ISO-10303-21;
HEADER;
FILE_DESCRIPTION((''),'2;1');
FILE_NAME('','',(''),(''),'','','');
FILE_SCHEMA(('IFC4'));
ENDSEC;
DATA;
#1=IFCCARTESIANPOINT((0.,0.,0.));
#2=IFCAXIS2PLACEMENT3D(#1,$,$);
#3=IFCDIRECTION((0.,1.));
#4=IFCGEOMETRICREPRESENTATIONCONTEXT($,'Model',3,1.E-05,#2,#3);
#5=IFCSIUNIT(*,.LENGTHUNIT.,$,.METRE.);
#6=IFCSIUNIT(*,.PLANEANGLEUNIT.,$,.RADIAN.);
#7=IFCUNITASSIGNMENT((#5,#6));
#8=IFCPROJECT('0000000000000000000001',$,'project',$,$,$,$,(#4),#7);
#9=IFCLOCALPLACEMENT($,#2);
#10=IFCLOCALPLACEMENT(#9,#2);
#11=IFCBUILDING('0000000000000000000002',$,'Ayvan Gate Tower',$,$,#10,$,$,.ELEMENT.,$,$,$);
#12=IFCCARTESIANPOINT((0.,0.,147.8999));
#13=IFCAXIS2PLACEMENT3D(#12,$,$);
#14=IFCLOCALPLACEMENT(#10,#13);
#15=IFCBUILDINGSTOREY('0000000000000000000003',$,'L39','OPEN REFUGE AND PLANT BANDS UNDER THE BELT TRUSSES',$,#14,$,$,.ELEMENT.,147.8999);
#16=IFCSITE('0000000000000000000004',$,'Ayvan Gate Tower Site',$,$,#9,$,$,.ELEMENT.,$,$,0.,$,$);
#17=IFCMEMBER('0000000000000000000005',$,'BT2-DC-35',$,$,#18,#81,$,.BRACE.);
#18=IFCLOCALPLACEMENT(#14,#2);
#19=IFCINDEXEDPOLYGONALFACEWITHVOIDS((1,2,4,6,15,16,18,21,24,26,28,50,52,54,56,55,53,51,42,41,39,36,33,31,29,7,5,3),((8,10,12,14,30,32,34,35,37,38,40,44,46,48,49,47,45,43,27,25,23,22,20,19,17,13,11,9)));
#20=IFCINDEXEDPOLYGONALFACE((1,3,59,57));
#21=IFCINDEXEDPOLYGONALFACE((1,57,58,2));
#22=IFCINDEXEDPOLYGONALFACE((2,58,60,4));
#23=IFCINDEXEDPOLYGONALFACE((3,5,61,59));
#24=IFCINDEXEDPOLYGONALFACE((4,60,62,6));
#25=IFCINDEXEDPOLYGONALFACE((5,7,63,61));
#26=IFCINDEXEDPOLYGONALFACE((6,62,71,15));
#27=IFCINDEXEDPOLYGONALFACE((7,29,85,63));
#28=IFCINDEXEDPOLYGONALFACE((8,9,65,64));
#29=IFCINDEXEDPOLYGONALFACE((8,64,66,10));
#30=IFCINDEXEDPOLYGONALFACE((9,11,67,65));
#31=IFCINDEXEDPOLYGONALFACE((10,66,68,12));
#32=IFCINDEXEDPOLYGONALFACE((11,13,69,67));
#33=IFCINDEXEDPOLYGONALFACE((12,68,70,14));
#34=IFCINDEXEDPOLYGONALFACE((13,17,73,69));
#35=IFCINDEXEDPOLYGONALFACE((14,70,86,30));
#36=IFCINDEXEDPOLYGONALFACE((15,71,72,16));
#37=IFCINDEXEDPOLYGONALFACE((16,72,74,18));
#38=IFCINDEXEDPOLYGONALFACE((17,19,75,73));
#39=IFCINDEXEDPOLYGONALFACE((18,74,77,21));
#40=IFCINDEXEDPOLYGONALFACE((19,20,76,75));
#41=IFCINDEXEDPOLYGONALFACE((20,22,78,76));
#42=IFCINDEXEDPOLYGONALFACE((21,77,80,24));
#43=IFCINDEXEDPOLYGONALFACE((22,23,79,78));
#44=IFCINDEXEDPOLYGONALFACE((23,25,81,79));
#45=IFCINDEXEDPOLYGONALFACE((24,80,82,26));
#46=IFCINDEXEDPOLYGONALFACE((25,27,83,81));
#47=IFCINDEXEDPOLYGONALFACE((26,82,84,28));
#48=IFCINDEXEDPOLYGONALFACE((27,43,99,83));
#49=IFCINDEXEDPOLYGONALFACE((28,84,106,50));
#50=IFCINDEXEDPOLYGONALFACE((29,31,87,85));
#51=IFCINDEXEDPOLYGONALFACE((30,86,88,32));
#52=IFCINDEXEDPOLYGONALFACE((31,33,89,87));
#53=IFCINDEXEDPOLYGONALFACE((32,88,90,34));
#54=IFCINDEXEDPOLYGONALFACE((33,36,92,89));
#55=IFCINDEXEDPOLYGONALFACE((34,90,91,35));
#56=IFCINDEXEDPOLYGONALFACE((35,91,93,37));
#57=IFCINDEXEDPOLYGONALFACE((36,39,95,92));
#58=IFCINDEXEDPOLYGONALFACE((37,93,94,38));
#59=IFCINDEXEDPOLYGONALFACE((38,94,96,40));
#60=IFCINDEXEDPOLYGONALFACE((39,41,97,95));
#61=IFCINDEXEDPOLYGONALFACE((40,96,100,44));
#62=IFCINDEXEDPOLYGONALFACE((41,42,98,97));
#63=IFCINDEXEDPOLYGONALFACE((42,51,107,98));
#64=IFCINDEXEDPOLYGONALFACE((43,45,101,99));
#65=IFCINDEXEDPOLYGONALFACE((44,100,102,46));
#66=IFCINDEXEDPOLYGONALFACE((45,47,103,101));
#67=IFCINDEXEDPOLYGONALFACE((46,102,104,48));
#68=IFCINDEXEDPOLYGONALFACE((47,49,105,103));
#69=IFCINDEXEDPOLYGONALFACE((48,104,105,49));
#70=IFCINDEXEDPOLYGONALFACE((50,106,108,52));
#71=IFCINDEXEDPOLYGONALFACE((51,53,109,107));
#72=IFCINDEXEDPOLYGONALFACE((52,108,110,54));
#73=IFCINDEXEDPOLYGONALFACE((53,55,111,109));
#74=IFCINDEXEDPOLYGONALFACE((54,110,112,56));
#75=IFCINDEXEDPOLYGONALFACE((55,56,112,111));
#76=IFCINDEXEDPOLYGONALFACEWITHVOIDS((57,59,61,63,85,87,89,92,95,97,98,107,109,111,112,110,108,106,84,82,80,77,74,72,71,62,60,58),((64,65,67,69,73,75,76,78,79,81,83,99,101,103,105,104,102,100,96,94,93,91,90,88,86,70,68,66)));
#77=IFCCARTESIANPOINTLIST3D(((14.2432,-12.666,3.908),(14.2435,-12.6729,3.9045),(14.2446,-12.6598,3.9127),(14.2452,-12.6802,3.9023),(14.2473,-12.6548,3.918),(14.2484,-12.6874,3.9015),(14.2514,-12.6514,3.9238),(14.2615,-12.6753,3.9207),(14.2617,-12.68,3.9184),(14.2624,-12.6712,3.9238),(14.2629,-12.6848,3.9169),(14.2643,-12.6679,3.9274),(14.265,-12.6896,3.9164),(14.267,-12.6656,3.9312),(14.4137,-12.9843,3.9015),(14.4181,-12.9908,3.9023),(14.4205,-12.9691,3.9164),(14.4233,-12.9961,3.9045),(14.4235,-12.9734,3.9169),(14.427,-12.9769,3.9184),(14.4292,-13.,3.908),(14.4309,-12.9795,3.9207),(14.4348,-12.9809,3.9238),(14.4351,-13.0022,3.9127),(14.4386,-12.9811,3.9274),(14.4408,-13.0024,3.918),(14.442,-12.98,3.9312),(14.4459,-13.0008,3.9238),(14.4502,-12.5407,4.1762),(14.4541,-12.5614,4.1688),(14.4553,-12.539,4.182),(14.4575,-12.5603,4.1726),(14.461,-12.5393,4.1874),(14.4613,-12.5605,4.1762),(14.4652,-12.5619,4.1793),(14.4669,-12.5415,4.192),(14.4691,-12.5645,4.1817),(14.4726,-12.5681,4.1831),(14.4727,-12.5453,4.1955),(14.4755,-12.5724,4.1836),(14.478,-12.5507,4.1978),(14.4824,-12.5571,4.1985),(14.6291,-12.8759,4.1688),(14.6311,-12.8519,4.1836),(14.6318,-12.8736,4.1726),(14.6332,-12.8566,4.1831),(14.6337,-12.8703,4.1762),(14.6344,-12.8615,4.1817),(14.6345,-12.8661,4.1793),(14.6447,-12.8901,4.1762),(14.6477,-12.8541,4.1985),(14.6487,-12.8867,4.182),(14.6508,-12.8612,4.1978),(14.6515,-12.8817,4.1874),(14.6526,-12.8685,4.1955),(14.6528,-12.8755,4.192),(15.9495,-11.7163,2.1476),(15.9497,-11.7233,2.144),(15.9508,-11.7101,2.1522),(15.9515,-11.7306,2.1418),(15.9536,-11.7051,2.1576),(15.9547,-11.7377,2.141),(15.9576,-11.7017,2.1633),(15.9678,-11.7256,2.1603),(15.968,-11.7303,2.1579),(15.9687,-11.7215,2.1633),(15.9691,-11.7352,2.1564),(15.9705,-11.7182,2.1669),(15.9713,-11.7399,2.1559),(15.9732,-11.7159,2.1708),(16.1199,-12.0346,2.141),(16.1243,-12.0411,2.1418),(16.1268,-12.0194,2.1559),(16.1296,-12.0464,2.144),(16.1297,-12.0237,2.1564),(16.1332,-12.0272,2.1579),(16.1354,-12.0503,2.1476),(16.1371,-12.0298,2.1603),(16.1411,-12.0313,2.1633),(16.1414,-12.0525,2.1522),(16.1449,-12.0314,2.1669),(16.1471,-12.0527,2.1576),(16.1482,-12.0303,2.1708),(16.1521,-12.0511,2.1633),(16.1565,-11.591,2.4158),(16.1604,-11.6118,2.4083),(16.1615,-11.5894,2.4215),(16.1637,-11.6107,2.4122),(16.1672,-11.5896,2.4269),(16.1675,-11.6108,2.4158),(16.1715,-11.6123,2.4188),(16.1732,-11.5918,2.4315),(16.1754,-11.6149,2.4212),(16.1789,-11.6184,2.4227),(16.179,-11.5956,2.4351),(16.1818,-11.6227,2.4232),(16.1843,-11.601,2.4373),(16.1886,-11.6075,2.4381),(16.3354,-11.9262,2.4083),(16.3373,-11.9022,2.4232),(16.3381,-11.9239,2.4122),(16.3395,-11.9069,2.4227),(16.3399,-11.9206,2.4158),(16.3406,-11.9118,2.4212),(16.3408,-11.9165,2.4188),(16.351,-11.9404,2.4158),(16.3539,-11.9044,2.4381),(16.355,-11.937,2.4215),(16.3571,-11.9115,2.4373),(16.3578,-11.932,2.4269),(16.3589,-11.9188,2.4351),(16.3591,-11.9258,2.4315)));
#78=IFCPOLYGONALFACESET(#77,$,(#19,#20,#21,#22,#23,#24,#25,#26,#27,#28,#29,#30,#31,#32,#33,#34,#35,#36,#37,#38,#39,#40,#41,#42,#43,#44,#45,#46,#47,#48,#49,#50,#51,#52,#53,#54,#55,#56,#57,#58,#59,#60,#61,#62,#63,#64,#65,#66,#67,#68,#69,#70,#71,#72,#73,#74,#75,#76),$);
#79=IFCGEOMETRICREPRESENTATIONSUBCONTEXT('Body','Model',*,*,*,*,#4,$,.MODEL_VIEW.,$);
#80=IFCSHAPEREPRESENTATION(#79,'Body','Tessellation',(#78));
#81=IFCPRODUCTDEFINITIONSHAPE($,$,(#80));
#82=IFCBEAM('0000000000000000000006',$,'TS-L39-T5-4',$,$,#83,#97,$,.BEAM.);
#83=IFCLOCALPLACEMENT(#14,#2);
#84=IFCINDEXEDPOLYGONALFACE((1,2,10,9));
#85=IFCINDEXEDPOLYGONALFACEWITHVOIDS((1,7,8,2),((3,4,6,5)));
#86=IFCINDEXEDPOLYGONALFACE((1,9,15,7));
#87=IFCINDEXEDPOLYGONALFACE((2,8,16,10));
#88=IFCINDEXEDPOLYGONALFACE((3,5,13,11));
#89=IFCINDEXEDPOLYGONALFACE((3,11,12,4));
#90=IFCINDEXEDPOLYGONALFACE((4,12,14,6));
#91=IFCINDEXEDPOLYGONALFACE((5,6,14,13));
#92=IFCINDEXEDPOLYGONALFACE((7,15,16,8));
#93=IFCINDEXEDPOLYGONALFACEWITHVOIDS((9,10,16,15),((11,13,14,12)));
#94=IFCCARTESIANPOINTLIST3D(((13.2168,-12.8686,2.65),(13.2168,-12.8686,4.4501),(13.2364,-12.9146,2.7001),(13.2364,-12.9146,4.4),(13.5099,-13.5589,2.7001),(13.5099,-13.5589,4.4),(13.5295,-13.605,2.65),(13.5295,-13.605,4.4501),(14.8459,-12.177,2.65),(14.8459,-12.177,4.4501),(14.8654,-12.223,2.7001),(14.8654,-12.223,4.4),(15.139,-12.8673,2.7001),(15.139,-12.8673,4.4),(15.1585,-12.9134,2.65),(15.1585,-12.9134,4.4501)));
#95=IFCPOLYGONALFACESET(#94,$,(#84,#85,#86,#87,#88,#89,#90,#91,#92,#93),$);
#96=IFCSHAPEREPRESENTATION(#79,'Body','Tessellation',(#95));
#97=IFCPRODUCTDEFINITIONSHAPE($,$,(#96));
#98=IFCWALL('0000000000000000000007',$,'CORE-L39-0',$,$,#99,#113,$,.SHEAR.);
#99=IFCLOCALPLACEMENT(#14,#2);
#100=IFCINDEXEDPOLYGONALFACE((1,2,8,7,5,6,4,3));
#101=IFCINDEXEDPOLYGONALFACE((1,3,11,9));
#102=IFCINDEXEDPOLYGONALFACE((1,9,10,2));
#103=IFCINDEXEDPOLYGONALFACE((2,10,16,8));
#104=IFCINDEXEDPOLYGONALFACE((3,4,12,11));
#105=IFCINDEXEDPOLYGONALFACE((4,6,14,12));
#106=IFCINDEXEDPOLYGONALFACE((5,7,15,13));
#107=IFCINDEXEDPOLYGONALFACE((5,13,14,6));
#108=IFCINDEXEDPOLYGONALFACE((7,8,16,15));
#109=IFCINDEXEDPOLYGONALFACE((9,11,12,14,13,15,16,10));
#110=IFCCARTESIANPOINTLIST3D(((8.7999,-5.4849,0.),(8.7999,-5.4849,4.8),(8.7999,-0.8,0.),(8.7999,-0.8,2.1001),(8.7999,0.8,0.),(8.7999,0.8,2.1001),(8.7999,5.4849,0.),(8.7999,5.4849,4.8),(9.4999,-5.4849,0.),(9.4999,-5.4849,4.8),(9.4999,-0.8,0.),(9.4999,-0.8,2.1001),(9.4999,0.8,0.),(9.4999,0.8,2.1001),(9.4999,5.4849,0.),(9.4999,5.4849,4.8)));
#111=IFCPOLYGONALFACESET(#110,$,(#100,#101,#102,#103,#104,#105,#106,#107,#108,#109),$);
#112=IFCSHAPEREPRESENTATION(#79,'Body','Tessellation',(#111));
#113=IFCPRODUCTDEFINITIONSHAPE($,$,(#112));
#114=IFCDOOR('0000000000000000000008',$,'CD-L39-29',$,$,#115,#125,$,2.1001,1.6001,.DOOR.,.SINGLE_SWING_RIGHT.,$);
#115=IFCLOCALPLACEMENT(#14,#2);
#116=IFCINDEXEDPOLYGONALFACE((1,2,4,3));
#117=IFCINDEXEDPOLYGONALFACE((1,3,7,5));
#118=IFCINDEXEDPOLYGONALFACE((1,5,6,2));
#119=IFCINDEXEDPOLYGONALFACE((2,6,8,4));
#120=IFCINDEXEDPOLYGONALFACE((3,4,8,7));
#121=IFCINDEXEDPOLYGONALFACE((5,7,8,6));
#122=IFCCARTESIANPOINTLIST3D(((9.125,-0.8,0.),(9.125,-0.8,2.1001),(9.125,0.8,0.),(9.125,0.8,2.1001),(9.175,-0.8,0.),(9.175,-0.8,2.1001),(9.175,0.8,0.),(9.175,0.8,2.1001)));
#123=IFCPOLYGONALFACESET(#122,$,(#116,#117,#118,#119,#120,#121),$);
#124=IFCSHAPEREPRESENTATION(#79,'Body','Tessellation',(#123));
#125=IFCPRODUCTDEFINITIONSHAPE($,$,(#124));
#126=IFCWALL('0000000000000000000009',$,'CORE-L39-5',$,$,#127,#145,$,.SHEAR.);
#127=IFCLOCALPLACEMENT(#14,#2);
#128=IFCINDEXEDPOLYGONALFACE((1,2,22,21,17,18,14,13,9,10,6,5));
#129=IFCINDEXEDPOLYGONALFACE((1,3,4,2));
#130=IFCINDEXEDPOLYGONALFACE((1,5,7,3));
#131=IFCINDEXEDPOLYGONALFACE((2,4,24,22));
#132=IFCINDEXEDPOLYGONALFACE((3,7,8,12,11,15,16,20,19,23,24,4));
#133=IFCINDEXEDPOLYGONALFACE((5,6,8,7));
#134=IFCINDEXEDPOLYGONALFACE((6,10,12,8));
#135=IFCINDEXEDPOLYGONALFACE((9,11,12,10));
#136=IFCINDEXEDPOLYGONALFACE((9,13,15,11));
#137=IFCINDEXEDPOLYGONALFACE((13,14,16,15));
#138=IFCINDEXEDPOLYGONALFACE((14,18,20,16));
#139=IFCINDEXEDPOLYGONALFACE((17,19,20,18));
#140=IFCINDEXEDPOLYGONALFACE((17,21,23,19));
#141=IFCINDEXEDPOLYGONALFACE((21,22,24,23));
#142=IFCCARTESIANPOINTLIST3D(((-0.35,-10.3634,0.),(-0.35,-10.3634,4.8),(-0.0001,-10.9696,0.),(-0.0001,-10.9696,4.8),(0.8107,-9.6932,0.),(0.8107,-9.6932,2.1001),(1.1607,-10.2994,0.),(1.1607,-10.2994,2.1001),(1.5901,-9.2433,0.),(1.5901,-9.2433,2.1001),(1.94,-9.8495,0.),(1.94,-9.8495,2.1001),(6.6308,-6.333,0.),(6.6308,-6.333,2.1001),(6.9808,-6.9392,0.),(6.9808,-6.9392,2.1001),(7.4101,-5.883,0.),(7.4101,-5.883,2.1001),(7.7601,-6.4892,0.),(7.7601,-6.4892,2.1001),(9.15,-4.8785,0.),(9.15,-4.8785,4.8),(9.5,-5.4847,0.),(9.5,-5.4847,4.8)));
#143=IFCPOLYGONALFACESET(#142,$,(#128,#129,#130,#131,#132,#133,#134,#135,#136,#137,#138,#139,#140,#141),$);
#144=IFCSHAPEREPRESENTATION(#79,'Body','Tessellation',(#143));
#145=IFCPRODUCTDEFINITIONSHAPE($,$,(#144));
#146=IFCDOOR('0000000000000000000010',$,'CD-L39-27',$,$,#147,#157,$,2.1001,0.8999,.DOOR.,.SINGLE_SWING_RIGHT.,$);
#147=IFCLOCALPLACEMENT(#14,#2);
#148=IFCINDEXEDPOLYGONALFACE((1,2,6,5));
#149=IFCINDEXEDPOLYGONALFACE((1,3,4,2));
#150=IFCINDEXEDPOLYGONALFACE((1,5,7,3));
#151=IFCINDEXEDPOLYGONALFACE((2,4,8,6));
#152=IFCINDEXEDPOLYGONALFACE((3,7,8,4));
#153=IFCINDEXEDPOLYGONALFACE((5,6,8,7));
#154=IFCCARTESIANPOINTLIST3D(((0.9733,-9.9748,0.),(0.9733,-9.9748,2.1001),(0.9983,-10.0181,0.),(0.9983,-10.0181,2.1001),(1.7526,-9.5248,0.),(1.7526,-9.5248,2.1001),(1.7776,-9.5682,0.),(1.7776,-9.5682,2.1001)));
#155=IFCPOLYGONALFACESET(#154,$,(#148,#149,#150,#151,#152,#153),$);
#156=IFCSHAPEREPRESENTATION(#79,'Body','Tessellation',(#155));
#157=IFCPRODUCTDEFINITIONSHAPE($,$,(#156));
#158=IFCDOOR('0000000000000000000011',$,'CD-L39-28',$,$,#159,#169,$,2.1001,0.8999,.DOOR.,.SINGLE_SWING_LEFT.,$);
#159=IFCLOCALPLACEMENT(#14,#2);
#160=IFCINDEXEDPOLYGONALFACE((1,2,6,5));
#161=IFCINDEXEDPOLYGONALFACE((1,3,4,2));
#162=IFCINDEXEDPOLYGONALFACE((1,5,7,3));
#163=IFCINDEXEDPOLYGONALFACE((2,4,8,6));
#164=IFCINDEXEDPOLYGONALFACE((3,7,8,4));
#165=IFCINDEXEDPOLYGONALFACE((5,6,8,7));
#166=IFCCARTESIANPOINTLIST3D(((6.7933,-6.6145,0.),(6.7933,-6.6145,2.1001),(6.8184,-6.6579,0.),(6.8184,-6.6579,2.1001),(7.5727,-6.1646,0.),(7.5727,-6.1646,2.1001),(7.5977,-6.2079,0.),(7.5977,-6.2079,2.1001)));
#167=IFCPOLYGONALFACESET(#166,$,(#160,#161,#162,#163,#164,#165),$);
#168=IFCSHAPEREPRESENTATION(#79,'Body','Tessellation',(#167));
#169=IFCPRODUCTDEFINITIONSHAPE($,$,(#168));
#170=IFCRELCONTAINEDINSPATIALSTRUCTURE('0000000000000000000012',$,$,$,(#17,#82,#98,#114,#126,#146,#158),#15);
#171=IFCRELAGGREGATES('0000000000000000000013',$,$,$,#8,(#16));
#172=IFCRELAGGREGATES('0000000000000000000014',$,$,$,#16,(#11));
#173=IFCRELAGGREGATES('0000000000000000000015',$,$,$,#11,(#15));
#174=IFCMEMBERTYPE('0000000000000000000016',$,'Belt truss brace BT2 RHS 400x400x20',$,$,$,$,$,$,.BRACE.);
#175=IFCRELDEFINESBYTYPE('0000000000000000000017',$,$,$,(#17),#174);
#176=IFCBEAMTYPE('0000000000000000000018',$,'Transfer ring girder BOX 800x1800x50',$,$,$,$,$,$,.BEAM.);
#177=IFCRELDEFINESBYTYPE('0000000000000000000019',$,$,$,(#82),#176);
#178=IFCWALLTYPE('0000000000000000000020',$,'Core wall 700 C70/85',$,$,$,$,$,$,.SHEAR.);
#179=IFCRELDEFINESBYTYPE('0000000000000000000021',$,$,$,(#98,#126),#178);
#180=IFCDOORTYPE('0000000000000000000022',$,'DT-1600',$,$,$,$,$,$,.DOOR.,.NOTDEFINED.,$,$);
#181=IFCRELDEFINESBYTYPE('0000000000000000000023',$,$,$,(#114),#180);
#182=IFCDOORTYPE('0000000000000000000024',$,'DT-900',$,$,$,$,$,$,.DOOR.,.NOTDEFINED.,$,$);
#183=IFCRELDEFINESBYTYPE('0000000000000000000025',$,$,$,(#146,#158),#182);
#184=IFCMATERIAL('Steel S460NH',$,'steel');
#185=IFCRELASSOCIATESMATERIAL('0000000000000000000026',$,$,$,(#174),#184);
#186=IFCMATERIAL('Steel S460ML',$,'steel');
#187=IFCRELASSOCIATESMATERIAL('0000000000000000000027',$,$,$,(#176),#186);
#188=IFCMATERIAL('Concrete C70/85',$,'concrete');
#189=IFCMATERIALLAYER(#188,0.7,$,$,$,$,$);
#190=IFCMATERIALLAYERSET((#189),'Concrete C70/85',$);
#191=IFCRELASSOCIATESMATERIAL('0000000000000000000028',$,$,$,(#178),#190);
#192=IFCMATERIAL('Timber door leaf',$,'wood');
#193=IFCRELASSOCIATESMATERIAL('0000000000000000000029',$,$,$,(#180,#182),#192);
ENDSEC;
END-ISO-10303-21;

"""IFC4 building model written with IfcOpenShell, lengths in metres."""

from ifc_helpers import new_model, si_unit, direction, frame, frame_2d, origin, origin_2d, place, context, subcontext, project, spatial, rectangle, hollow_rectangle, extrude, material, layer, layer_set, material_profile, profile_set, type_object, element, fill, save


model = new_model("IFC4")

# Units and contexts
model_context = context("Model", 3, precision=1e-05, world=origin(), true_north=direction((0.0, 1.0)))
body_context = subcontext(model_context, "Body", "Model", "MODEL_VIEW")
ifc_project = project(units=[si_unit("LENGTHUNIT", "METRE"), si_unit("PLANEANGLEUNIT", "RADIAN")], contexts=[model_context])

# Site, building, storey
site_placement = place(None, origin())
site = spatial("IfcSite", under=ifc_project, at=site_placement, Name="Ayvan Gate Tower Site", CompositionType="ELEMENT", RefElevation=0.0)
building_placement = place(site_placement, origin())
building = spatial("IfcBuilding", under=site, at=building_placement, Name="Ayvan Gate Tower", CompositionType="ELEMENT")
storey_placement = place(building_placement, frame((0.0, 0.0, 147.8999)))
storey = spatial("IfcBuildingStorey", under=building, at=storey_placement, Name="L39", Description="OPEN REFUGE AND PLANT BANDS UNDER THE BELT TRUSSES", CompositionType="ELEMENT", Elevation=147.8999)

# Member
ifc_material_1 = material(Name="Steel S460NH", Category="steel")
ifc_material_profile_1 = material_profile(ifc_material_1, hollow_rectangle(XDim=0.3999, YDim=0.3999, WallThickness=0.02, InnerFilletRadius=0.02, OuterFilletRadius=0.03, at=origin_2d()), Name="RHS 400x400x20")
ifc_profile_set_1 = profile_set([ifc_material_profile_1], Name="Steel S460NH")
member_type = type_object("IfcMemberType", Name="Belt truss brace BT2 RHS 400x400x20", PredefinedType="BRACE", material=ifc_profile_set_1)
member_placement = place(storey_placement, frame((16.1543, -11.821, 2.2896), z_axis=(-0.648977, -0.361214, 0.669592), x_axis=(0.486333, -0.873774, 0.0)))
element("IfcMember", 1, at=member_placement, inside=storey, type_object=member_type, Name="BT2-DC-35", PredefinedType="BRACE", context=body_context, shape_type="SweptSolid", body=[
    extrude(hollow_rectangle(XDim=0.3999, YDim=0.3999, WallThickness=0.02, InnerFilletRadius=0.02, OuterFilletRadius=0.03, at=origin_2d()), origin(), (0.0, 0.0, 1.0), 2.6292),
])

# Beam
ifc_material_2 = material(Name="Steel S460ML", Category="steel")
ifc_material_profile_2 = material_profile(ifc_material_2, hollow_rectangle(XDim=0.8, YDim=1.8, WallThickness=0.05, at=origin_2d()), Name="BOX 800x1800x50")
ifc_profile_set_2 = profile_set([ifc_material_profile_2], Name="Steel S460ML")
beam_type = type_object("IfcBeamType", Name="Transfer ring girder BOX 800x1800x50", PredefinedType="BEAM", material=ifc_profile_set_2)
beam_placement = place(storey_placement, frame((15.0022, -12.5452, 3.55), z_axis=(-0.920481, -0.390787, 0.0), x_axis=(0.390787, -0.920481, 0.0)))
element("IfcBeam", 2, at=beam_placement, inside=storey, type_object=beam_type, Name="TS-L39-T5-4", PredefinedType="BEAM", context=body_context, shape_type="SweptSolid", body=[
    extrude(hollow_rectangle(XDim=0.8, YDim=1.8, WallThickness=0.05, at=origin_2d()), origin(), (0.0, 0.0, 1.0), 1.7698),
])

# Wall, opening, door
ifc_material_3 = material(Name="Concrete C70/85", Category="concrete")
ifc_layer_1 = layer(ifc_material_3, 0.7)
ifc_layer_set_1 = layer_set([ifc_layer_1], Name="Concrete C70/85")
wall_type_1 = type_object("IfcWallType", Name="Core wall 700 C70/85", PredefinedType="SHEAR", material=ifc_layer_set_1)
wall_1_placement = place(storey_placement, frame((9.1499, -5.4849, 0.0), z_axis=(0.0, 0.0, 1.0), x_axis=(0.0, 1.0, 0.0)))
wall_1 = element("IfcWall", 3, at=wall_1_placement, inside=storey, type_object=wall_type_1, Name="CORE-L39-0", PredefinedType="SHEAR", context=body_context, shape_type="SweptSolid", body=[
    extrude(rectangle(XDim=10.9697, YDim=0.7, at=frame_2d((5.4849, 0.0))), origin(), (0.0, 0.0, 1.0), 4.8),
])
opening_1_placement = place(wall_1_placement, frame((4.6848, 0.0, 0.0)))
opening_1 = element("IfcOpeningElement", 4, at=opening_1_placement, cuts=wall_1, PredefinedType="OPENING", context=body_context, shape_type="SweptSolid", body=[
    extrude(rectangle(XDim=1.6001, YDim=2.1001, at=frame_2d((0.8, 1.05))), frame((0.0, 0.3599, 0.0), z_axis=(0.0, -1.0, 0.0), x_axis=(1.0, 0.0, 0.0)), (0.0, 0.0, 1.0), 0.72),
])
ifc_material_4 = material(Name="Timber door leaf", Category="wood")
door_type_1 = type_object("IfcDoorType", Name="DT-1600", OperationType="NOTDEFINED", PredefinedType="DOOR", material=ifc_material_4)
door_1_placement = place(opening_1_placement, origin())
door_1 = element("IfcDoor", 5, at=door_1_placement, inside=storey, type_object=door_type_1, Name="CD-L39-29", OperationType="SINGLE_SWING_RIGHT", OverallHeight=2.1001, OverallWidth=1.6001, PredefinedType="DOOR", context=body_context, shape_type="SweptSolid", body=[
    extrude(rectangle(XDim=1.6001, YDim=2.1001, at=frame_2d((0.8, 1.05))), frame((0.0, 0.0249, 0.0), z_axis=(0.0, -1.0, 0.0), x_axis=(1.0, 0.0, 0.0)), (0.0, 0.0, 1.0), 0.05),
])
fill(opening_1, door_1)

# Wall, openings, doors
wall_2_placement = place(storey_placement, frame((-0.175, -10.6665, 0.0), z_axis=(0.0, 0.0, 1.0), x_axis=(0.866024, 0.500002, 0.0)))
wall_2 = element("IfcWall", 6, at=wall_2_placement, inside=storey, type_object=wall_type_1, Name="CORE-L39-5", PredefinedType="SHEAR", context=body_context, shape_type="SweptSolid", body=[
    extrude(rectangle(XDim=10.9697, YDim=0.7, at=frame_2d((5.4849, 0.0))), origin(), (0.0, 0.0, 1.0), 4.8),
])
opening_2_placement = place(wall_2_placement, frame((1.3403, 0.0, 0.0)))
opening_2 = element("IfcOpeningElement", 7, at=opening_2_placement, cuts=wall_2, PredefinedType="OPENING", context=body_context, shape_type="SweptSolid", body=[
    extrude(rectangle(XDim=0.8999, YDim=2.1001, at=frame_2d((0.45, 1.05))), frame((0.0, 0.3599, 0.0), z_axis=(0.0, -1.0, 0.0), x_axis=(1.0, 0.0, 0.0)), (0.0, 0.0, 1.0), 0.72),
])
opening_3_placement = place(wall_2_placement, frame((8.0608, 0.0, 0.0)))
opening_3 = element("IfcOpeningElement", 8, at=opening_3_placement, cuts=wall_2, PredefinedType="OPENING", context=body_context, shape_type="SweptSolid", body=[
    extrude(rectangle(XDim=0.8999, YDim=2.1001, at=frame_2d((0.45, 1.05))), frame((0.0, 0.3599, 0.0), z_axis=(0.0, -1.0, 0.0), x_axis=(1.0, 0.0, 0.0)), (0.0, 0.0, 1.0), 0.72),
])
door_type_2 = type_object("IfcDoorType", Name="DT-900", OperationType="NOTDEFINED", PredefinedType="DOOR", material=ifc_material_4)
door_2_placement = place(opening_2_placement, origin())
door_2 = element("IfcDoor", 9, at=door_2_placement, inside=storey, type_object=door_type_2, Name="CD-L39-27", OperationType="SINGLE_SWING_RIGHT", OverallHeight=2.1001, OverallWidth=0.8999, PredefinedType="DOOR", context=body_context, shape_type="SweptSolid", body=[
    extrude(rectangle(XDim=0.8999, YDim=2.1001, at=frame_2d((0.45, 1.05))), frame((0.0, 0.0249, 0.0), z_axis=(0.0, -1.0, 0.0), x_axis=(1.0, 0.0, 0.0)), (0.0, 0.0, 1.0), 0.05),
])
fill(opening_2, door_2)
door_3_placement = place(opening_3_placement, origin())
door_3 = element("IfcDoor", 10, at=door_3_placement, inside=storey, type_object=door_type_2, Name="CD-L39-28", OperationType="SINGLE_SWING_LEFT", OverallHeight=2.1001, OverallWidth=0.8999, PredefinedType="DOOR", context=body_context, shape_type="SweptSolid", body=[
    extrude(rectangle(XDim=0.8999, YDim=2.1001, at=frame_2d((0.45, 1.05))), frame((0.0, 0.0249, 0.0), z_axis=(0.0, -1.0, 0.0), x_axis=(1.0, 0.0, 0.0)), (0.0, 0.0, 1.0), 0.05),
])
fill(opening_3, door_3)

save(model, "model.ifc")
